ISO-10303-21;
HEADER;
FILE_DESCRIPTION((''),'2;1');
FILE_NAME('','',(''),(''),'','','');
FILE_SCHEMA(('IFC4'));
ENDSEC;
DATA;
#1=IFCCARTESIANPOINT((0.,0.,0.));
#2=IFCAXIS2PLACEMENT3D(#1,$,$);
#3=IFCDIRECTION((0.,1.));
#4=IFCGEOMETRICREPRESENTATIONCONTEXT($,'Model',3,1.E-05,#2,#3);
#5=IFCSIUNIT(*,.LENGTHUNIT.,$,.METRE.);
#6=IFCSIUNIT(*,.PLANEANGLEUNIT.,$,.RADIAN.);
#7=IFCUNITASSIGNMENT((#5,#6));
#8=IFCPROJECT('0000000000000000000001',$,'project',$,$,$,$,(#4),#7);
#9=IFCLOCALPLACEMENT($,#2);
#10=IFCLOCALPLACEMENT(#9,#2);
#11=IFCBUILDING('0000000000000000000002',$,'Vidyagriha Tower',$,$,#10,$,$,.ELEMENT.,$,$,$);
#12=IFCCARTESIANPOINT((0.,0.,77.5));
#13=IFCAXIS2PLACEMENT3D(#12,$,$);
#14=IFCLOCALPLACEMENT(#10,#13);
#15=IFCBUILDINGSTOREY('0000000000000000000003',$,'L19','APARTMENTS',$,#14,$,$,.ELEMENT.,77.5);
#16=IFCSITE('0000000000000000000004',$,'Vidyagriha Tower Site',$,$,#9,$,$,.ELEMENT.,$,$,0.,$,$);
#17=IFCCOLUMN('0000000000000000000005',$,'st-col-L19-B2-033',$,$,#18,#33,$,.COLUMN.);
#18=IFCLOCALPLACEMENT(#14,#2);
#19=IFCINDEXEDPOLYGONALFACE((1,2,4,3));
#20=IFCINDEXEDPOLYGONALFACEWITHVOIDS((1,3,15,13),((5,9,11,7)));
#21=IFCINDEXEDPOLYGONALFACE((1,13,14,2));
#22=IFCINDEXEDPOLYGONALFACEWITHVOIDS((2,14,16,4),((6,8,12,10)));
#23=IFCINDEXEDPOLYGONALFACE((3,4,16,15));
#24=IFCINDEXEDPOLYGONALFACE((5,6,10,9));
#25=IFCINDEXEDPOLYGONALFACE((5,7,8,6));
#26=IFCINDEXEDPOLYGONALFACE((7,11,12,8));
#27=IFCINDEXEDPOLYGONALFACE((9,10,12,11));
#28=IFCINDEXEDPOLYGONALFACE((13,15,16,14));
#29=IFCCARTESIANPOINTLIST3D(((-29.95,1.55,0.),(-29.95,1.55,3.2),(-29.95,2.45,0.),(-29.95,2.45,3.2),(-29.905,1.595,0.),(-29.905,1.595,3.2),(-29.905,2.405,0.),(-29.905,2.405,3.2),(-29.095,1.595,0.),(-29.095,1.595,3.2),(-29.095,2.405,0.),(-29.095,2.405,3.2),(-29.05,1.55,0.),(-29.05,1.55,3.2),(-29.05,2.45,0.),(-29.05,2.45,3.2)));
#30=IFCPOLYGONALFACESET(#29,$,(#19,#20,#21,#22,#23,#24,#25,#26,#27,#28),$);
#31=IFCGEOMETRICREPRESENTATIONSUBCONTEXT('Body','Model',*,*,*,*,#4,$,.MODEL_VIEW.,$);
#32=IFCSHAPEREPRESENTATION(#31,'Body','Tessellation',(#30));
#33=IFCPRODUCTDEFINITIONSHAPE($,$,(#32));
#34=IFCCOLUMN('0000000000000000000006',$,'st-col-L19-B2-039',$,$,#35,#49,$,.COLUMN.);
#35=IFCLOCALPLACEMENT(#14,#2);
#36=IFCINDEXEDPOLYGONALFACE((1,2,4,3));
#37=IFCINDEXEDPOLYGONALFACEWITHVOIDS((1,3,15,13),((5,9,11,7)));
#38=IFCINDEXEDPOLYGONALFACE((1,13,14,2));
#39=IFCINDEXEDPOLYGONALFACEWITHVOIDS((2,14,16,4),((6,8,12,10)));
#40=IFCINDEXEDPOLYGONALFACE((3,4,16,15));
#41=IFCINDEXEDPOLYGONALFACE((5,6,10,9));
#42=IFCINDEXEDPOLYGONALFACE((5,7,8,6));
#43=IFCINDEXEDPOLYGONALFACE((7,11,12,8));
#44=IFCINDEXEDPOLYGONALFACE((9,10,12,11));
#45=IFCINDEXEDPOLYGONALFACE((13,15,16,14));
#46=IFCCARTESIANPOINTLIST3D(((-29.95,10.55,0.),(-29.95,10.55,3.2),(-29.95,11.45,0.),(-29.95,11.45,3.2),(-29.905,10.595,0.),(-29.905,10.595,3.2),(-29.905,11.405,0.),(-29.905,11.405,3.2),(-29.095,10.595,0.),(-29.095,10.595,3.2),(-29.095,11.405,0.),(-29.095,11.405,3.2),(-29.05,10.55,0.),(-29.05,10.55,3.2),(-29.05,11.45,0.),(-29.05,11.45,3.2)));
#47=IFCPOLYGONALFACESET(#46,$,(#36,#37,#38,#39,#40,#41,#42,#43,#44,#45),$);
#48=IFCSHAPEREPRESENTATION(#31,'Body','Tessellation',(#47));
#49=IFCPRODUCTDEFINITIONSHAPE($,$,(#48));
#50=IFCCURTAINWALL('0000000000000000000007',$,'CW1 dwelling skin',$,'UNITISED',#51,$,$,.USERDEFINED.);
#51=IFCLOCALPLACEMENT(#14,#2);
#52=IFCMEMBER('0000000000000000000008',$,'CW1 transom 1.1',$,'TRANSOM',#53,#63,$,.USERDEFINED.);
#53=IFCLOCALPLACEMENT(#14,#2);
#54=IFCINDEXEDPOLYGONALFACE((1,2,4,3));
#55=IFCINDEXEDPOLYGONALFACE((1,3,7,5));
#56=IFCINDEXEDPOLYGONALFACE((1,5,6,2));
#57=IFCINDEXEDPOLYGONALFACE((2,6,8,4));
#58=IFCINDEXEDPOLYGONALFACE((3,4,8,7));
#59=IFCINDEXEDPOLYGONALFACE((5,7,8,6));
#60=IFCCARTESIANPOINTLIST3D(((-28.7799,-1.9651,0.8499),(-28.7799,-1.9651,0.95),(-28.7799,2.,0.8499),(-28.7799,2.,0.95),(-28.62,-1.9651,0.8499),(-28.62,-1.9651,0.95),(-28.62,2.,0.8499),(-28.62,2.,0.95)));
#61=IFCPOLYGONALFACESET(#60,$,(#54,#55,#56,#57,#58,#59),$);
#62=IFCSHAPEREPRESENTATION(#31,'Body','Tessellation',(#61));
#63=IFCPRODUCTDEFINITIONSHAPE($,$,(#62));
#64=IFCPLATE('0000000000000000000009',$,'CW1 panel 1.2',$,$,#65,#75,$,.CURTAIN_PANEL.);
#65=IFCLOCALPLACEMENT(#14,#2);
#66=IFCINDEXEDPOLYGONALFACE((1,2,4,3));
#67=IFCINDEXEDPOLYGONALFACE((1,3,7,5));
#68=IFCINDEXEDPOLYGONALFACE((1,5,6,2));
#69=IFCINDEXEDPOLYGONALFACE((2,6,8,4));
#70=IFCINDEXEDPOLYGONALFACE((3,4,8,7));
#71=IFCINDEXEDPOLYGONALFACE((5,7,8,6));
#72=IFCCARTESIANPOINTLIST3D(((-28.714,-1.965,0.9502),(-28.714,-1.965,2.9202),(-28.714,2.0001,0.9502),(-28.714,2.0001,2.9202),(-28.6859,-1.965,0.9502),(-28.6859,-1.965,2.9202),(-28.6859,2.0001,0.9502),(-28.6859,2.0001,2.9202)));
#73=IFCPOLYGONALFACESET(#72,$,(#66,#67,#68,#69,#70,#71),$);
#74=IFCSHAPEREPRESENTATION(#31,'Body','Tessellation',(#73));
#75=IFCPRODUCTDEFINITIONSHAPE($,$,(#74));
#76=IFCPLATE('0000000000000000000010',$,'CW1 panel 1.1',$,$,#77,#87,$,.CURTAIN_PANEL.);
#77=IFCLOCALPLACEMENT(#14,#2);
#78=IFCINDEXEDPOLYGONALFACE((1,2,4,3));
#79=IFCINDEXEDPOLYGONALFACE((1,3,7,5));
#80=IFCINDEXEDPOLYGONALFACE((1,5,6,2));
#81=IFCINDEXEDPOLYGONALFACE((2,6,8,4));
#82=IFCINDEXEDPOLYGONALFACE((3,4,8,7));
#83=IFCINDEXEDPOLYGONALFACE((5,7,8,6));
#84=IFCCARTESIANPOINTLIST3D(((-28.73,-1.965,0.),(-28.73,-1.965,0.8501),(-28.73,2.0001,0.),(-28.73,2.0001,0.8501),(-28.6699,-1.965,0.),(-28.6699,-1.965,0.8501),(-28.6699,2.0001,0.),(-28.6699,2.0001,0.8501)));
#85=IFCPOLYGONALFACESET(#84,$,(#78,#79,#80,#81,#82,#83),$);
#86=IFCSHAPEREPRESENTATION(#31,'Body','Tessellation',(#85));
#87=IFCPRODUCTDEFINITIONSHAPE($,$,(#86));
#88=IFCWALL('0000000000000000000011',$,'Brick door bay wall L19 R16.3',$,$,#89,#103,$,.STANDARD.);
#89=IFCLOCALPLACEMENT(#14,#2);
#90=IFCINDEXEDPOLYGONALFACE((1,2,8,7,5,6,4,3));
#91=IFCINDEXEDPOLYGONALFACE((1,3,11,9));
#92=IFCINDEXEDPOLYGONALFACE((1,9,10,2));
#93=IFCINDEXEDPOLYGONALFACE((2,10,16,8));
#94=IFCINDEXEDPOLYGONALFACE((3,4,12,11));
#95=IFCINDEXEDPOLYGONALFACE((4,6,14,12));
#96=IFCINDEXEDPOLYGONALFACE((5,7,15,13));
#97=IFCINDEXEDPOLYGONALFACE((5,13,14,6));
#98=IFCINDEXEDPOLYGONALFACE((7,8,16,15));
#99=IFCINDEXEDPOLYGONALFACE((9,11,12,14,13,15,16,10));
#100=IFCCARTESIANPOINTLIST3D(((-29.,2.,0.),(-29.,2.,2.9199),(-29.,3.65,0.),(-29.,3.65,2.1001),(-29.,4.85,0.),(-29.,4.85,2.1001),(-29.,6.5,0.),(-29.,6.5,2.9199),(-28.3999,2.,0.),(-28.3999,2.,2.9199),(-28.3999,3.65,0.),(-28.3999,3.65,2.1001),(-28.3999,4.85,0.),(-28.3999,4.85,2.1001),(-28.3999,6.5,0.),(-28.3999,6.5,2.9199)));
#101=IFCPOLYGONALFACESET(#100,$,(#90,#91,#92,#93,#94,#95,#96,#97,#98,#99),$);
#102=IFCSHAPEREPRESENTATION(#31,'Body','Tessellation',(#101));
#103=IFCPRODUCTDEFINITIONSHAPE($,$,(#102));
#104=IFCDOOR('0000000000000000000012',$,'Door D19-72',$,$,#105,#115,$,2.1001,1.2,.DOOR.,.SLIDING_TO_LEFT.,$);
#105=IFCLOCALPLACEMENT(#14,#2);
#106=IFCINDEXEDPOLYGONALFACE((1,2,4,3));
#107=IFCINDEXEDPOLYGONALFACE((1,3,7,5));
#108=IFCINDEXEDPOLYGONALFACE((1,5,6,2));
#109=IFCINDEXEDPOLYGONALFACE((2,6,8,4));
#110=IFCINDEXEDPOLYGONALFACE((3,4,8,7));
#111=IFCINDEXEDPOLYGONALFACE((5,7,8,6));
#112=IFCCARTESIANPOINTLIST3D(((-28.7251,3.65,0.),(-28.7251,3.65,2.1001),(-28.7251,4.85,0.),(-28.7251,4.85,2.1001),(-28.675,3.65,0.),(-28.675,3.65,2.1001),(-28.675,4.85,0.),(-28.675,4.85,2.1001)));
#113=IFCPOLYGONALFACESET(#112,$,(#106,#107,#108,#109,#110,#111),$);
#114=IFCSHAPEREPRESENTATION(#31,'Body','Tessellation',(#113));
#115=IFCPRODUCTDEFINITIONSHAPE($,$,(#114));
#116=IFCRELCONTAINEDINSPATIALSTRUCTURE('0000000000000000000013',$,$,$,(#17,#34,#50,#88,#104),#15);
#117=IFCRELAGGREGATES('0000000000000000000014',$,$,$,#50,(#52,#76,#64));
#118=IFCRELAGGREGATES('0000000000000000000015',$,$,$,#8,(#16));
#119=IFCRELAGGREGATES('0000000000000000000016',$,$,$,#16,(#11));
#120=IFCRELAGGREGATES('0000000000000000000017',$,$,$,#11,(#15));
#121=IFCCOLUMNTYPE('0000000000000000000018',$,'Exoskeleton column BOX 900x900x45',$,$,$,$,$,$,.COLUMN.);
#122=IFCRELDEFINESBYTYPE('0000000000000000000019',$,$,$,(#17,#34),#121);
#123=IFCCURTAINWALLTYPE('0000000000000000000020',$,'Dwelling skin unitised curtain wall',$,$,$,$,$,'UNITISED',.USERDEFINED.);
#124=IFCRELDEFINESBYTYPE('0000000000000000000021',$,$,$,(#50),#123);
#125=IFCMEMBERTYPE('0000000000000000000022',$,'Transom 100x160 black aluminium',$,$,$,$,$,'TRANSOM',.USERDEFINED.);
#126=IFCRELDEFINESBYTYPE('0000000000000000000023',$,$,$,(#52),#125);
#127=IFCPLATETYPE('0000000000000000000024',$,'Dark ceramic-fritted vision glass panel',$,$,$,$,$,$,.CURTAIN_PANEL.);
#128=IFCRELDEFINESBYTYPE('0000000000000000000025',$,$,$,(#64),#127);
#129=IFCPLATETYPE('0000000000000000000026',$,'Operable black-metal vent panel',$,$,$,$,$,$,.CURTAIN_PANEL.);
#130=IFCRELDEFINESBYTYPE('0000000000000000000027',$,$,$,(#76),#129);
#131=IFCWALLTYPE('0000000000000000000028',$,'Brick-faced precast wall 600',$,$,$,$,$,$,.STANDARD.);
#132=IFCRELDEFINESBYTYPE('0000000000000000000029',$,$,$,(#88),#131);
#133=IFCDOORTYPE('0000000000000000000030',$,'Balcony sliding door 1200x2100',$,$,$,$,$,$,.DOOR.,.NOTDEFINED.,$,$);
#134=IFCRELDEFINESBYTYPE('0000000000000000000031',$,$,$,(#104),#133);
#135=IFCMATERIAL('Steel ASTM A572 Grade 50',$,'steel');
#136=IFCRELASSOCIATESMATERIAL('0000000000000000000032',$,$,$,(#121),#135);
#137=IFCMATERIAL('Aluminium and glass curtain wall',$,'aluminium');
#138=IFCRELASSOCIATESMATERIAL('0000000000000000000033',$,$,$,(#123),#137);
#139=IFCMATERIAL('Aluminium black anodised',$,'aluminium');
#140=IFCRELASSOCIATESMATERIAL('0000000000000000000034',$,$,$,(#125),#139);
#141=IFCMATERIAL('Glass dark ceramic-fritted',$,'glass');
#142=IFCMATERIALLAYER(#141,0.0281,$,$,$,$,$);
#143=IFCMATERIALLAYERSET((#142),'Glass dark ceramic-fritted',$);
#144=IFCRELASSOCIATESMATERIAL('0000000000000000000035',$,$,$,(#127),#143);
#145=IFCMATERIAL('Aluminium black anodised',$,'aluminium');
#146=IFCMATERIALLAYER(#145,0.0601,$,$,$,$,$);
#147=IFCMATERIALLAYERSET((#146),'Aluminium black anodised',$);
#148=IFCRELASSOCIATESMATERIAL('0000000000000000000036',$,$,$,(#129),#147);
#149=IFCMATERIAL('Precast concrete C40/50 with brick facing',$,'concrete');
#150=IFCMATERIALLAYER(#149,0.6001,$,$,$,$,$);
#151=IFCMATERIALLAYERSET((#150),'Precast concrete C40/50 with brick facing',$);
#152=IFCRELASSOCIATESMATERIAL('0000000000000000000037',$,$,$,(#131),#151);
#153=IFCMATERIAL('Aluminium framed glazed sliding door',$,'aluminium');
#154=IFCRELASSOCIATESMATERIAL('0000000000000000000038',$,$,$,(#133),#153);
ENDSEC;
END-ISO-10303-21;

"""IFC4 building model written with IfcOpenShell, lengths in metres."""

from ifc_helpers import new_model, si_unit, direction, frame, frame_2d, origin, origin_2d, place, context, subcontext, project, spatial, rectangle, hollow_rectangle, extrude, material, layer, layer_set, material_profile, profile_set, type_object, element, fill, aggregate, save


model = new_model("IFC4")

# Units and contexts
model_context = context("Model", 3, precision=1e-05, world=origin(), true_north=direction((0.0, 1.0)))
body_context = subcontext(model_context, "Body", "Model", "MODEL_VIEW")
ifc_project = project(units=[si_unit("LENGTHUNIT", "METRE"), si_unit("PLANEANGLEUNIT", "RADIAN")], contexts=[model_context])

# Site, building, storey
site_placement = place(None, origin())
site = spatial("IfcSite", under=ifc_project, at=site_placement, Name="Vidyagriha Tower Site", CompositionType="ELEMENT", RefElevation=0.0)
building_placement = place(site_placement, origin())
building = spatial("IfcBuilding", under=site, at=building_placement, Name="Vidyagriha Tower", CompositionType="ELEMENT")
storey_placement = place(building_placement, frame((0.0, 0.0, 77.5)))
storey = spatial("IfcBuildingStorey", under=building, at=storey_placement, Name="L19", Description="APARTMENTS", CompositionType="ELEMENT", Elevation=77.5)

# Columns
ifc_material_1 = material(Name="Steel ASTM A572 Grade 50", Category="steel")
ifc_material_profile_1 = material_profile(ifc_material_1, hollow_rectangle(XDim=0.8999, YDim=0.8999, WallThickness=0.0449, at=origin_2d()), Name="BOX 900x900x45")
ifc_profile_set_1 = profile_set([ifc_material_profile_1], Name="Steel ASTM A572 Grade 50")
column_type = type_object("IfcColumnType", Name="Exoskeleton column BOX 900x900x45", PredefinedType="COLUMN", material=ifc_profile_set_1)
for number, where, name in (
    (1, (-29.5, 2.0, 0.0), "st-col-L19-B2-033"),
    (2, (-29.5, 11.0, 0.0), "st-col-L19-B2-039"),
):
    element("IfcColumn", number, at=place(storey_placement, frame(where)), inside=storey, type_object=column_type, Name=name, PredefinedType="COLUMN", context=body_context, shape_type="SweptSolid", body=[
        extrude(hollow_rectangle(XDim=0.8999, YDim=0.8999, WallThickness=0.0449, at=origin_2d()), origin(), (0.0, 0.0, 1.0), 3.2),
    ])

# Curtain wall, member, plates
ifc_material_2 = material(Name="Aluminium and glass curtain wall", Category="aluminium")
curtain_wall_type = type_object("IfcCurtainWallType", Name="Dwelling skin unitised curtain wall", ElementType="UNITISED", PredefinedType="USERDEFINED", material=ifc_material_2)
curtain_wall_placement = place(storey_placement, origin())
curtain_wall = element("IfcCurtainWall", 3, at=curtain_wall_placement, inside=storey, type_object=curtain_wall_type, Name="CW1 dwelling skin", ObjectType="UNITISED", PredefinedType="USERDEFINED")
ifc_material_3 = material(Name="Aluminium black anodised", Category="aluminium")
ifc_material_profile_2 = material_profile(ifc_material_3, rectangle(XDim=0.1599, YDim=0.1001, at=origin_2d()), Name="Transom 100x160 black aluminium")
ifc_profile_set_2 = profile_set([ifc_material_profile_2], Name="Aluminium black anodised")
member_type = type_object("IfcMemberType", Name="Transom 100x160 black aluminium", ElementType="TRANSOM", PredefinedType="USERDEFINED", material=ifc_profile_set_2)
member_placement = place(storey_placement, frame((-28.7, 2.0, 0.8999), z_axis=(0.0, -1.0, 0.0), x_axis=(1.0, 0.0, 0.0)))
member = element("IfcMember", 4, at=member_placement, type_object=member_type, Name="CW1 transom 1.1", ObjectType="TRANSOM", PredefinedType="USERDEFINED", context=body_context, shape_type="SweptSolid", body=[
    extrude(rectangle(XDim=0.1599, YDim=0.1001, at=origin_2d()), origin(), (0.0, 0.0, 1.0), 3.9651),
])
ifc_material_4 = material(Name="Glass dark ceramic-fritted", Category="glass")
ifc_layer_1 = layer(ifc_material_4, 0.0281)
ifc_layer_set_1 = layer_set([ifc_layer_1], Name="Glass dark ceramic-fritted")
plate_type_1 = type_object("IfcPlateType", Name="Dark ceramic-fritted vision glass panel", PredefinedType="CURTAIN_PANEL", material=ifc_layer_set_1)
plate_1_placement = place(storey_placement, frame((-28.7, 0.0176, 0.9502), z_axis=(0.0, 0.0, 1.0), x_axis=(0.0, -1.0, 0.0)))
plate_1 = element("IfcPlate", 5, at=plate_1_placement, type_object=plate_type_1, Name="CW1 panel 1.2", PredefinedType="CURTAIN_PANEL", context=body_context, shape_type="SweptSolid", body=[
    extrude(rectangle(XDim=3.9651, YDim=0.0281, at=origin_2d()), origin(), (0.0, 0.0, 1.0), 1.97),
])
ifc_material_5 = material(Name="Aluminium black anodised", Category="aluminium")
ifc_layer_2 = layer(ifc_material_5, 0.0601)
ifc_layer_set_2 = layer_set([ifc_layer_2], Name="Aluminium black anodised")
plate_type_2 = type_object("IfcPlateType", Name="Operable black-metal vent panel", PredefinedType="CURTAIN_PANEL", material=ifc_layer_set_2)
plate_2_placement = place(storey_placement, frame((-28.7, 0.0176, 0.0), z_axis=(0.0, 0.0, 1.0), x_axis=(0.0, -1.0, 0.0)))
plate_2 = element("IfcPlate", 6, at=plate_2_placement, type_object=plate_type_2, Name="CW1 panel 1.1", PredefinedType="CURTAIN_PANEL", context=body_context, shape_type="SweptSolid", body=[
    extrude(rectangle(XDim=3.9651, YDim=0.0601, at=origin_2d()), origin(), (0.0, 0.0, 1.0), 0.8501),
])
aggregate(curtain_wall, [member, plate_2, plate_1])

# Wall, opening, door
ifc_material_6 = material(Name="Precast concrete C40/50 with brick facing", Category="concrete")
ifc_layer_3 = layer(ifc_material_6, 0.6001)
ifc_layer_set_3 = layer_set([ifc_layer_3], Name="Precast concrete C40/50 with brick facing")
wall_type = type_object("IfcWallType", Name="Brick-faced precast wall 600", PredefinedType="STANDARD", material=ifc_layer_set_3)
wall_placement = place(storey_placement, frame((-28.7, 6.5, 0.0), z_axis=(0.0, 0.0, 1.0), x_axis=(0.0, -1.0, 0.0)))
wall = element("IfcWall", 7, at=wall_placement, inside=storey, type_object=wall_type, Name="Brick door bay wall L19 R16.3", PredefinedType="STANDARD", context=body_context, shape_type="SweptSolid", body=[
    extrude(rectangle(XDim=4.5, YDim=0.6001, at=frame_2d((2.25, 0.0))), origin(), (0.0, 0.0, 1.0), 2.9199),
])
opening_placement = place(wall_placement, frame((1.6499, 0.0, 0.0)))
opening = element("IfcOpeningElement", 8, at=opening_placement, cuts=wall, PredefinedType="OPENING", context=body_context, shape_type="SweptSolid", body=[
    extrude(rectangle(XDim=1.2, YDim=2.1001, at=frame_2d((0.6001, 1.05))), frame((0.0, 0.3101, 0.0), z_axis=(0.0, -1.0, 0.0), x_axis=(1.0, 0.0, 0.0)), (0.0, 0.0, 1.0), 0.6201),
])
ifc_material_7 = material(Name="Aluminium framed glazed sliding door", Category="aluminium")
door_type = type_object("IfcDoorType", Name="Balcony sliding door 1200x2100", OperationType="NOTDEFINED", PredefinedType="DOOR", material=ifc_material_7)
door_placement = place(opening_placement, origin())
door = element("IfcDoor", 9, at=door_placement, inside=storey, type_object=door_type, Name="Door D19-72", OperationType="SLIDING_TO_LEFT", OverallHeight=2.1001, OverallWidth=1.2, PredefinedType="DOOR", context=body_context, shape_type="SweptSolid", body=[
    extrude(rectangle(XDim=1.2, YDim=2.1001, at=frame_2d((0.6001, 1.05))), frame((0.0, 0.0249, 0.0), z_axis=(0.0, -1.0, 0.0), x_axis=(1.0, 0.0, 0.0)), (0.0, 0.0, 1.0), 0.05),
])
fill(opening, door)

save(model, "model.ifc")
